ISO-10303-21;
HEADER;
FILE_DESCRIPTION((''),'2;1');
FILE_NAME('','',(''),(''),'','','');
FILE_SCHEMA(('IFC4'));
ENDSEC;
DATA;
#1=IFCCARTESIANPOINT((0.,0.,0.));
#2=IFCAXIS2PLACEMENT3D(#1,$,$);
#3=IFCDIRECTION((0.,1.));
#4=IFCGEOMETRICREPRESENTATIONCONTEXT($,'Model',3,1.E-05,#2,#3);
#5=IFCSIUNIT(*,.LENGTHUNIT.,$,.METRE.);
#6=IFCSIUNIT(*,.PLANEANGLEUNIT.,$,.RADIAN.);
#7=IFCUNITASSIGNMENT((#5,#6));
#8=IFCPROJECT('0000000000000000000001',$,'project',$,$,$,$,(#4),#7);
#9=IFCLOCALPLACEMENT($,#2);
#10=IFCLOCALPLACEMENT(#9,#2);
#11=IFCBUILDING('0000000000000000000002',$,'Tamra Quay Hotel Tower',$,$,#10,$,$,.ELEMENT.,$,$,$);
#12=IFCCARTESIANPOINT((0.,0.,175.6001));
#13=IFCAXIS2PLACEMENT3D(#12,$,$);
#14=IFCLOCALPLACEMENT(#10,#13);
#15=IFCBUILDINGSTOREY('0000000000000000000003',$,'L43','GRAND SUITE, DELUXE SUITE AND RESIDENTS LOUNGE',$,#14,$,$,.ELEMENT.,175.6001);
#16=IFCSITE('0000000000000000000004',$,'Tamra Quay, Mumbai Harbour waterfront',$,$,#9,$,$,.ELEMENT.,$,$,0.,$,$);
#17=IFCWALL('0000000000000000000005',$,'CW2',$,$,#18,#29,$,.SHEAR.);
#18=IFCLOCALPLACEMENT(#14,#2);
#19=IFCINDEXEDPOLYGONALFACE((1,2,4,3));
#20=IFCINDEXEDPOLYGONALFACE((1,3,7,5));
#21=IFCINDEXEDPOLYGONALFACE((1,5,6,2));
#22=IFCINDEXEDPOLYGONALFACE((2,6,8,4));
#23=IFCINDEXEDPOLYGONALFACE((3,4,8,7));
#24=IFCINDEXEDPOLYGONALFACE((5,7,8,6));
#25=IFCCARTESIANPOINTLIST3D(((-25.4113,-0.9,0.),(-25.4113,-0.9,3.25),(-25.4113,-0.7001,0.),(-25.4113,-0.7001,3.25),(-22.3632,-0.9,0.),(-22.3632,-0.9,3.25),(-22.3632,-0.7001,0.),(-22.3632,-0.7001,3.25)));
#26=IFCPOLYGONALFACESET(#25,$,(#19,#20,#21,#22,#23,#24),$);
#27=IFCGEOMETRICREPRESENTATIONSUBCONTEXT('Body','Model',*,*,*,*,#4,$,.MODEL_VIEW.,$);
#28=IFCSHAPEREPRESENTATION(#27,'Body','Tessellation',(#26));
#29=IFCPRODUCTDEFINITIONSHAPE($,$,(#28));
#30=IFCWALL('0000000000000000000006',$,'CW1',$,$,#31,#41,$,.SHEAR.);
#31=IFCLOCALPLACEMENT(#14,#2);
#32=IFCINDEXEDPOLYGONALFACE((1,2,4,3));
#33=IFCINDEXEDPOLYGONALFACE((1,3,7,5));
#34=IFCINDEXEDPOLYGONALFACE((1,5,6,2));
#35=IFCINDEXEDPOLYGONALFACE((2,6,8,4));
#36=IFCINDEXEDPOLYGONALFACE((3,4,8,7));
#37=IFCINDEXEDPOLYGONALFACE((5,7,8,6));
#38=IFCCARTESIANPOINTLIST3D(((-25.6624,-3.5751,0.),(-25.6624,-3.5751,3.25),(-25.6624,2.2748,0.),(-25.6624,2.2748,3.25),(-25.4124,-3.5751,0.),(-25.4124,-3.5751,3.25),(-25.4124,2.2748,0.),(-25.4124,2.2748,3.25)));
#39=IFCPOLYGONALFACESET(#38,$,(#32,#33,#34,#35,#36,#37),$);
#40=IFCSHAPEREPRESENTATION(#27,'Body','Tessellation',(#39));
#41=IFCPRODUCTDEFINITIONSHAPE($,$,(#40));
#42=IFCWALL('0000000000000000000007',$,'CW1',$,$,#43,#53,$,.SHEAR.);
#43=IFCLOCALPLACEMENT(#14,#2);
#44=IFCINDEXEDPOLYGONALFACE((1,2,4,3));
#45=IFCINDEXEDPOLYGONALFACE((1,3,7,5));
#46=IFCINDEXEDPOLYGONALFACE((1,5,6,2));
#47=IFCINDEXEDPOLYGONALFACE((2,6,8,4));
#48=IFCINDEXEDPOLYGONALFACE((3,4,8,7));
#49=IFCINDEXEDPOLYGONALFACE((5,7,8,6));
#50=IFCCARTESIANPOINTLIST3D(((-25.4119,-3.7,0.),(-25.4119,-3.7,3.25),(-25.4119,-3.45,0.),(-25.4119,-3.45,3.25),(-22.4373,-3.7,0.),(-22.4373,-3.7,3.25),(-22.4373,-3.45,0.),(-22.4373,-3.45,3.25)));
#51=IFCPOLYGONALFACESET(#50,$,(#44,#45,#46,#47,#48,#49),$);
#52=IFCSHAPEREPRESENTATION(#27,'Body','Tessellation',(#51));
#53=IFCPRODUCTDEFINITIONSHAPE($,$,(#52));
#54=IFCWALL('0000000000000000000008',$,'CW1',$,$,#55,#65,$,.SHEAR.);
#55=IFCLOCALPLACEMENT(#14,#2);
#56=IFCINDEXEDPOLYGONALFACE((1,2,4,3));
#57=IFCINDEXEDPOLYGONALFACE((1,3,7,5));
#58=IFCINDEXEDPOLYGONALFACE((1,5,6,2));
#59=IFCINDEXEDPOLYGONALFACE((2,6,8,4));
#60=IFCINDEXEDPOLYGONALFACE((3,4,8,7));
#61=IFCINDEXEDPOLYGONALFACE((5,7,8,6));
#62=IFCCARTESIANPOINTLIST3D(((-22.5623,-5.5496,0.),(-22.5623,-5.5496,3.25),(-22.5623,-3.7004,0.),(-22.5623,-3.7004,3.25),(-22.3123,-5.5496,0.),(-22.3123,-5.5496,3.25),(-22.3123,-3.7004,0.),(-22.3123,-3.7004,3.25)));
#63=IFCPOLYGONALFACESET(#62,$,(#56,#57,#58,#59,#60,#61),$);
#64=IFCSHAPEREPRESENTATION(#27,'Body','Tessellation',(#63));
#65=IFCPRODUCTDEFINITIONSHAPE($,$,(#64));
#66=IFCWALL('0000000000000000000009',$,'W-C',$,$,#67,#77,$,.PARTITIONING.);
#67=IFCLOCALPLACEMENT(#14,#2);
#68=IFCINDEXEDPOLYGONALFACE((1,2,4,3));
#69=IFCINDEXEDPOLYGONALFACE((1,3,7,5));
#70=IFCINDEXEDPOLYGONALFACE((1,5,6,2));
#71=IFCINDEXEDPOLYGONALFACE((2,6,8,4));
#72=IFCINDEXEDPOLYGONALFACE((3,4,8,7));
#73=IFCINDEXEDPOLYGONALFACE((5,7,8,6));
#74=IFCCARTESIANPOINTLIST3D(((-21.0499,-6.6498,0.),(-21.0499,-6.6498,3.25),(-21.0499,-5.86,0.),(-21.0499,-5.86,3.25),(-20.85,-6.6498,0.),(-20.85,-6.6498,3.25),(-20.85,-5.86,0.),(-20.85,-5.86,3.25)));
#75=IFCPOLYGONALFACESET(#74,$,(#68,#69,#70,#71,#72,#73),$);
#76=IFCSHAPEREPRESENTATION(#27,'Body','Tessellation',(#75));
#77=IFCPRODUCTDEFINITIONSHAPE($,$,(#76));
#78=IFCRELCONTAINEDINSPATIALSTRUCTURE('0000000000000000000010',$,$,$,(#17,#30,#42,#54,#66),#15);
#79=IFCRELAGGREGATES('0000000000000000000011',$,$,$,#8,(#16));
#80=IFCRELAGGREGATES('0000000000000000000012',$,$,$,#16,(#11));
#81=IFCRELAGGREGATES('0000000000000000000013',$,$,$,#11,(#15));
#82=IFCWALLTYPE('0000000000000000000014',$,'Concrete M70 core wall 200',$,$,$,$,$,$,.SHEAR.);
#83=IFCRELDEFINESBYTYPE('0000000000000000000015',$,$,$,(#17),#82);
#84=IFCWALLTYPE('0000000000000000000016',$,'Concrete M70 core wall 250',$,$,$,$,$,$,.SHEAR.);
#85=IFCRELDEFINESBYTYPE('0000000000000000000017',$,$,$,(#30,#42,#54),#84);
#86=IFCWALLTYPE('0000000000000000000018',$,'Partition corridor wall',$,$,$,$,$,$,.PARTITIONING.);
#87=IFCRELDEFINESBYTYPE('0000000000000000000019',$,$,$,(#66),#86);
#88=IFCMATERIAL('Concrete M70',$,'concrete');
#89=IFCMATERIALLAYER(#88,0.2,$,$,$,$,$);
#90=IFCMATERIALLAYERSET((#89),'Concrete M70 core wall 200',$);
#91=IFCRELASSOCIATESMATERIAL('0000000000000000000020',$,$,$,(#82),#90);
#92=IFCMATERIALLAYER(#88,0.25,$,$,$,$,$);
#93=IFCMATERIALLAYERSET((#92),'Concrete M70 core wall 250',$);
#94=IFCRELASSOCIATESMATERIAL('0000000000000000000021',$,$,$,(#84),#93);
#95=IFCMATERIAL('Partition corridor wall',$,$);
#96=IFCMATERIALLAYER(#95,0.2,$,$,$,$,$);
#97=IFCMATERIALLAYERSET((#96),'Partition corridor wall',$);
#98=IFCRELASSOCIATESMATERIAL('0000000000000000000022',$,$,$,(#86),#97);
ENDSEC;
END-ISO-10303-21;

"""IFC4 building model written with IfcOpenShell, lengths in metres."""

from ifc_helpers import new_model, si_unit, direction, frame, frame_2d, origin, place, context, subcontext, project, spatial, rectangle, extrude, material, layer, layer_set, type_object, element, save


model = new_model("IFC4")

# Units and contexts
model_context = context("Model", 3, precision=1e-05, world=origin(), true_north=direction((0.0, 1.0)))
body_context = subcontext(model_context, "Body", "Model", "MODEL_VIEW")
ifc_project = project(units=[si_unit("LENGTHUNIT", "METRE"), si_unit("PLANEANGLEUNIT", "RADIAN")], contexts=[model_context])

# Site, building, storey
site_placement = place(None, origin())
site = spatial("IfcSite", under=ifc_project, at=site_placement, Name="Tamra Quay, Mumbai Harbour waterfront", CompositionType="ELEMENT", RefElevation=0.0)
building_placement = place(site_placement, origin())
building = spatial("IfcBuilding", under=site, at=building_placement, Name="Tamra Quay Hotel Tower", CompositionType="ELEMENT")
storey_placement = place(building_placement, frame((0.0, 0.0, 175.6001)))
storey = spatial("IfcBuildingStorey", under=building, at=storey_placement, Name="L43", Description="GRAND SUITE, DELUXE SUITE AND RESIDENTS LOUNGE", CompositionType="ELEMENT", Elevation=175.6001)

# Shared definitions
ifc_material_1 = material(Name="Concrete M70", Category="concrete")

# Walls
ifc_layer_1 = layer(ifc_material_1, 0.2)
ifc_layer_set_1 = layer_set([ifc_layer_1], Name="Concrete M70 core wall 200")
wall_type_1 = type_object("IfcWallType", Name="Concrete M70 core wall 200", PredefinedType="SHEAR", material=ifc_layer_set_1)
wall_1_placement = place(storey_placement, frame((-22.3633, -0.8, 0.0), z_axis=(0.0, 0.0, 1.0), x_axis=(-1.0, 0.0, 0.0)))
element("IfcWall", 1, at=wall_1_placement, inside=storey, type_object=wall_type_1, Name="CW2", PredefinedType="SHEAR", context=body_context, shape_type="SweptSolid", body=[
    extrude(rectangle(XDim=3.0481, YDim=0.2, at=frame_2d((1.5239, 0.0))), origin(), (0.0, 0.0, 1.0), 3.25),
])
ifc_layer_2 = layer(ifc_material_1, 0.25)
ifc_layer_set_2 = layer_set([ifc_layer_2], Name="Concrete M70 core wall 250")
wall_type_2 = type_object("IfcWallType", Name="Concrete M70 core wall 250", PredefinedType="SHEAR", material=ifc_layer_set_2)
wall_2_placement = place(storey_placement, frame((-25.5374, -3.575, 0.0), z_axis=(0.0, 0.0, 1.0), x_axis=(0.0, 1.0, 0.0)))
element("IfcWall", 2, at=wall_2_placement, inside=storey, type_object=wall_type_2, Name="CW1", PredefinedType="SHEAR", context=body_context, shape_type="SweptSolid", body=[
    extrude(rectangle(XDim=5.8499, YDim=0.25, at=frame_2d((2.9248, 0.0))), origin(), (0.0, 0.0, 1.0), 3.25),
])
wall_3_placement = place(storey_placement, frame((-22.4373, -3.575, 0.0), z_axis=(0.0, 0.0, 1.0), x_axis=(-1.0, 0.0, 0.0)))
element("IfcWall", 3, at=wall_3_placement, inside=storey, type_object=wall_type_2, Name="CW1", PredefinedType="SHEAR", context=body_context, shape_type="SweptSolid", body=[
    extrude(rectangle(XDim=2.9746, YDim=0.25, at=frame_2d((1.4873, 0.0))), origin(), (0.0, 0.0, 1.0), 3.25),
])
wall_4_placement = place(storey_placement, frame((-22.4373, -5.5496, 0.0), z_axis=(0.0, 0.0, 1.0), x_axis=(0.0, 1.0, 0.0)))
element("IfcWall", 4, at=wall_4_placement, inside=storey, type_object=wall_type_2, Name="CW1", PredefinedType="SHEAR", context=body_context, shape_type="SweptSolid", body=[
    extrude(rectangle(XDim=1.8491, YDim=0.25, at=frame_2d((0.9246, 0.0))), origin(), (0.0, 0.0, 1.0), 3.25),
])
ifc_material_2 = material(Name="Partition corridor wall")
ifc_layer_3 = layer(ifc_material_2, 0.2)
ifc_layer_set_3 = layer_set([ifc_layer_3], Name="Partition corridor wall")
wall_type_3 = type_object("IfcWallType", Name="Partition corridor wall", PredefinedType="PARTITIONING", material=ifc_layer_set_3)
wall_5_placement = place(storey_placement, frame((-20.95, -6.6499, 0.0), z_axis=(0.0, 0.0, 1.0), x_axis=(0.0, 1.0, 0.0)))
element("IfcWall", 5, at=wall_5_placement, inside=storey, type_object=wall_type_3, Name="W-C", PredefinedType="PARTITIONING", context=body_context, shape_type="SweptSolid", body=[
    extrude(rectangle(XDim=0.7898, YDim=0.2, at=frame_2d((0.395, 0.0))), origin(), (0.0, 0.0, 1.0), 3.25),
])

save(model, "model.ifc")
